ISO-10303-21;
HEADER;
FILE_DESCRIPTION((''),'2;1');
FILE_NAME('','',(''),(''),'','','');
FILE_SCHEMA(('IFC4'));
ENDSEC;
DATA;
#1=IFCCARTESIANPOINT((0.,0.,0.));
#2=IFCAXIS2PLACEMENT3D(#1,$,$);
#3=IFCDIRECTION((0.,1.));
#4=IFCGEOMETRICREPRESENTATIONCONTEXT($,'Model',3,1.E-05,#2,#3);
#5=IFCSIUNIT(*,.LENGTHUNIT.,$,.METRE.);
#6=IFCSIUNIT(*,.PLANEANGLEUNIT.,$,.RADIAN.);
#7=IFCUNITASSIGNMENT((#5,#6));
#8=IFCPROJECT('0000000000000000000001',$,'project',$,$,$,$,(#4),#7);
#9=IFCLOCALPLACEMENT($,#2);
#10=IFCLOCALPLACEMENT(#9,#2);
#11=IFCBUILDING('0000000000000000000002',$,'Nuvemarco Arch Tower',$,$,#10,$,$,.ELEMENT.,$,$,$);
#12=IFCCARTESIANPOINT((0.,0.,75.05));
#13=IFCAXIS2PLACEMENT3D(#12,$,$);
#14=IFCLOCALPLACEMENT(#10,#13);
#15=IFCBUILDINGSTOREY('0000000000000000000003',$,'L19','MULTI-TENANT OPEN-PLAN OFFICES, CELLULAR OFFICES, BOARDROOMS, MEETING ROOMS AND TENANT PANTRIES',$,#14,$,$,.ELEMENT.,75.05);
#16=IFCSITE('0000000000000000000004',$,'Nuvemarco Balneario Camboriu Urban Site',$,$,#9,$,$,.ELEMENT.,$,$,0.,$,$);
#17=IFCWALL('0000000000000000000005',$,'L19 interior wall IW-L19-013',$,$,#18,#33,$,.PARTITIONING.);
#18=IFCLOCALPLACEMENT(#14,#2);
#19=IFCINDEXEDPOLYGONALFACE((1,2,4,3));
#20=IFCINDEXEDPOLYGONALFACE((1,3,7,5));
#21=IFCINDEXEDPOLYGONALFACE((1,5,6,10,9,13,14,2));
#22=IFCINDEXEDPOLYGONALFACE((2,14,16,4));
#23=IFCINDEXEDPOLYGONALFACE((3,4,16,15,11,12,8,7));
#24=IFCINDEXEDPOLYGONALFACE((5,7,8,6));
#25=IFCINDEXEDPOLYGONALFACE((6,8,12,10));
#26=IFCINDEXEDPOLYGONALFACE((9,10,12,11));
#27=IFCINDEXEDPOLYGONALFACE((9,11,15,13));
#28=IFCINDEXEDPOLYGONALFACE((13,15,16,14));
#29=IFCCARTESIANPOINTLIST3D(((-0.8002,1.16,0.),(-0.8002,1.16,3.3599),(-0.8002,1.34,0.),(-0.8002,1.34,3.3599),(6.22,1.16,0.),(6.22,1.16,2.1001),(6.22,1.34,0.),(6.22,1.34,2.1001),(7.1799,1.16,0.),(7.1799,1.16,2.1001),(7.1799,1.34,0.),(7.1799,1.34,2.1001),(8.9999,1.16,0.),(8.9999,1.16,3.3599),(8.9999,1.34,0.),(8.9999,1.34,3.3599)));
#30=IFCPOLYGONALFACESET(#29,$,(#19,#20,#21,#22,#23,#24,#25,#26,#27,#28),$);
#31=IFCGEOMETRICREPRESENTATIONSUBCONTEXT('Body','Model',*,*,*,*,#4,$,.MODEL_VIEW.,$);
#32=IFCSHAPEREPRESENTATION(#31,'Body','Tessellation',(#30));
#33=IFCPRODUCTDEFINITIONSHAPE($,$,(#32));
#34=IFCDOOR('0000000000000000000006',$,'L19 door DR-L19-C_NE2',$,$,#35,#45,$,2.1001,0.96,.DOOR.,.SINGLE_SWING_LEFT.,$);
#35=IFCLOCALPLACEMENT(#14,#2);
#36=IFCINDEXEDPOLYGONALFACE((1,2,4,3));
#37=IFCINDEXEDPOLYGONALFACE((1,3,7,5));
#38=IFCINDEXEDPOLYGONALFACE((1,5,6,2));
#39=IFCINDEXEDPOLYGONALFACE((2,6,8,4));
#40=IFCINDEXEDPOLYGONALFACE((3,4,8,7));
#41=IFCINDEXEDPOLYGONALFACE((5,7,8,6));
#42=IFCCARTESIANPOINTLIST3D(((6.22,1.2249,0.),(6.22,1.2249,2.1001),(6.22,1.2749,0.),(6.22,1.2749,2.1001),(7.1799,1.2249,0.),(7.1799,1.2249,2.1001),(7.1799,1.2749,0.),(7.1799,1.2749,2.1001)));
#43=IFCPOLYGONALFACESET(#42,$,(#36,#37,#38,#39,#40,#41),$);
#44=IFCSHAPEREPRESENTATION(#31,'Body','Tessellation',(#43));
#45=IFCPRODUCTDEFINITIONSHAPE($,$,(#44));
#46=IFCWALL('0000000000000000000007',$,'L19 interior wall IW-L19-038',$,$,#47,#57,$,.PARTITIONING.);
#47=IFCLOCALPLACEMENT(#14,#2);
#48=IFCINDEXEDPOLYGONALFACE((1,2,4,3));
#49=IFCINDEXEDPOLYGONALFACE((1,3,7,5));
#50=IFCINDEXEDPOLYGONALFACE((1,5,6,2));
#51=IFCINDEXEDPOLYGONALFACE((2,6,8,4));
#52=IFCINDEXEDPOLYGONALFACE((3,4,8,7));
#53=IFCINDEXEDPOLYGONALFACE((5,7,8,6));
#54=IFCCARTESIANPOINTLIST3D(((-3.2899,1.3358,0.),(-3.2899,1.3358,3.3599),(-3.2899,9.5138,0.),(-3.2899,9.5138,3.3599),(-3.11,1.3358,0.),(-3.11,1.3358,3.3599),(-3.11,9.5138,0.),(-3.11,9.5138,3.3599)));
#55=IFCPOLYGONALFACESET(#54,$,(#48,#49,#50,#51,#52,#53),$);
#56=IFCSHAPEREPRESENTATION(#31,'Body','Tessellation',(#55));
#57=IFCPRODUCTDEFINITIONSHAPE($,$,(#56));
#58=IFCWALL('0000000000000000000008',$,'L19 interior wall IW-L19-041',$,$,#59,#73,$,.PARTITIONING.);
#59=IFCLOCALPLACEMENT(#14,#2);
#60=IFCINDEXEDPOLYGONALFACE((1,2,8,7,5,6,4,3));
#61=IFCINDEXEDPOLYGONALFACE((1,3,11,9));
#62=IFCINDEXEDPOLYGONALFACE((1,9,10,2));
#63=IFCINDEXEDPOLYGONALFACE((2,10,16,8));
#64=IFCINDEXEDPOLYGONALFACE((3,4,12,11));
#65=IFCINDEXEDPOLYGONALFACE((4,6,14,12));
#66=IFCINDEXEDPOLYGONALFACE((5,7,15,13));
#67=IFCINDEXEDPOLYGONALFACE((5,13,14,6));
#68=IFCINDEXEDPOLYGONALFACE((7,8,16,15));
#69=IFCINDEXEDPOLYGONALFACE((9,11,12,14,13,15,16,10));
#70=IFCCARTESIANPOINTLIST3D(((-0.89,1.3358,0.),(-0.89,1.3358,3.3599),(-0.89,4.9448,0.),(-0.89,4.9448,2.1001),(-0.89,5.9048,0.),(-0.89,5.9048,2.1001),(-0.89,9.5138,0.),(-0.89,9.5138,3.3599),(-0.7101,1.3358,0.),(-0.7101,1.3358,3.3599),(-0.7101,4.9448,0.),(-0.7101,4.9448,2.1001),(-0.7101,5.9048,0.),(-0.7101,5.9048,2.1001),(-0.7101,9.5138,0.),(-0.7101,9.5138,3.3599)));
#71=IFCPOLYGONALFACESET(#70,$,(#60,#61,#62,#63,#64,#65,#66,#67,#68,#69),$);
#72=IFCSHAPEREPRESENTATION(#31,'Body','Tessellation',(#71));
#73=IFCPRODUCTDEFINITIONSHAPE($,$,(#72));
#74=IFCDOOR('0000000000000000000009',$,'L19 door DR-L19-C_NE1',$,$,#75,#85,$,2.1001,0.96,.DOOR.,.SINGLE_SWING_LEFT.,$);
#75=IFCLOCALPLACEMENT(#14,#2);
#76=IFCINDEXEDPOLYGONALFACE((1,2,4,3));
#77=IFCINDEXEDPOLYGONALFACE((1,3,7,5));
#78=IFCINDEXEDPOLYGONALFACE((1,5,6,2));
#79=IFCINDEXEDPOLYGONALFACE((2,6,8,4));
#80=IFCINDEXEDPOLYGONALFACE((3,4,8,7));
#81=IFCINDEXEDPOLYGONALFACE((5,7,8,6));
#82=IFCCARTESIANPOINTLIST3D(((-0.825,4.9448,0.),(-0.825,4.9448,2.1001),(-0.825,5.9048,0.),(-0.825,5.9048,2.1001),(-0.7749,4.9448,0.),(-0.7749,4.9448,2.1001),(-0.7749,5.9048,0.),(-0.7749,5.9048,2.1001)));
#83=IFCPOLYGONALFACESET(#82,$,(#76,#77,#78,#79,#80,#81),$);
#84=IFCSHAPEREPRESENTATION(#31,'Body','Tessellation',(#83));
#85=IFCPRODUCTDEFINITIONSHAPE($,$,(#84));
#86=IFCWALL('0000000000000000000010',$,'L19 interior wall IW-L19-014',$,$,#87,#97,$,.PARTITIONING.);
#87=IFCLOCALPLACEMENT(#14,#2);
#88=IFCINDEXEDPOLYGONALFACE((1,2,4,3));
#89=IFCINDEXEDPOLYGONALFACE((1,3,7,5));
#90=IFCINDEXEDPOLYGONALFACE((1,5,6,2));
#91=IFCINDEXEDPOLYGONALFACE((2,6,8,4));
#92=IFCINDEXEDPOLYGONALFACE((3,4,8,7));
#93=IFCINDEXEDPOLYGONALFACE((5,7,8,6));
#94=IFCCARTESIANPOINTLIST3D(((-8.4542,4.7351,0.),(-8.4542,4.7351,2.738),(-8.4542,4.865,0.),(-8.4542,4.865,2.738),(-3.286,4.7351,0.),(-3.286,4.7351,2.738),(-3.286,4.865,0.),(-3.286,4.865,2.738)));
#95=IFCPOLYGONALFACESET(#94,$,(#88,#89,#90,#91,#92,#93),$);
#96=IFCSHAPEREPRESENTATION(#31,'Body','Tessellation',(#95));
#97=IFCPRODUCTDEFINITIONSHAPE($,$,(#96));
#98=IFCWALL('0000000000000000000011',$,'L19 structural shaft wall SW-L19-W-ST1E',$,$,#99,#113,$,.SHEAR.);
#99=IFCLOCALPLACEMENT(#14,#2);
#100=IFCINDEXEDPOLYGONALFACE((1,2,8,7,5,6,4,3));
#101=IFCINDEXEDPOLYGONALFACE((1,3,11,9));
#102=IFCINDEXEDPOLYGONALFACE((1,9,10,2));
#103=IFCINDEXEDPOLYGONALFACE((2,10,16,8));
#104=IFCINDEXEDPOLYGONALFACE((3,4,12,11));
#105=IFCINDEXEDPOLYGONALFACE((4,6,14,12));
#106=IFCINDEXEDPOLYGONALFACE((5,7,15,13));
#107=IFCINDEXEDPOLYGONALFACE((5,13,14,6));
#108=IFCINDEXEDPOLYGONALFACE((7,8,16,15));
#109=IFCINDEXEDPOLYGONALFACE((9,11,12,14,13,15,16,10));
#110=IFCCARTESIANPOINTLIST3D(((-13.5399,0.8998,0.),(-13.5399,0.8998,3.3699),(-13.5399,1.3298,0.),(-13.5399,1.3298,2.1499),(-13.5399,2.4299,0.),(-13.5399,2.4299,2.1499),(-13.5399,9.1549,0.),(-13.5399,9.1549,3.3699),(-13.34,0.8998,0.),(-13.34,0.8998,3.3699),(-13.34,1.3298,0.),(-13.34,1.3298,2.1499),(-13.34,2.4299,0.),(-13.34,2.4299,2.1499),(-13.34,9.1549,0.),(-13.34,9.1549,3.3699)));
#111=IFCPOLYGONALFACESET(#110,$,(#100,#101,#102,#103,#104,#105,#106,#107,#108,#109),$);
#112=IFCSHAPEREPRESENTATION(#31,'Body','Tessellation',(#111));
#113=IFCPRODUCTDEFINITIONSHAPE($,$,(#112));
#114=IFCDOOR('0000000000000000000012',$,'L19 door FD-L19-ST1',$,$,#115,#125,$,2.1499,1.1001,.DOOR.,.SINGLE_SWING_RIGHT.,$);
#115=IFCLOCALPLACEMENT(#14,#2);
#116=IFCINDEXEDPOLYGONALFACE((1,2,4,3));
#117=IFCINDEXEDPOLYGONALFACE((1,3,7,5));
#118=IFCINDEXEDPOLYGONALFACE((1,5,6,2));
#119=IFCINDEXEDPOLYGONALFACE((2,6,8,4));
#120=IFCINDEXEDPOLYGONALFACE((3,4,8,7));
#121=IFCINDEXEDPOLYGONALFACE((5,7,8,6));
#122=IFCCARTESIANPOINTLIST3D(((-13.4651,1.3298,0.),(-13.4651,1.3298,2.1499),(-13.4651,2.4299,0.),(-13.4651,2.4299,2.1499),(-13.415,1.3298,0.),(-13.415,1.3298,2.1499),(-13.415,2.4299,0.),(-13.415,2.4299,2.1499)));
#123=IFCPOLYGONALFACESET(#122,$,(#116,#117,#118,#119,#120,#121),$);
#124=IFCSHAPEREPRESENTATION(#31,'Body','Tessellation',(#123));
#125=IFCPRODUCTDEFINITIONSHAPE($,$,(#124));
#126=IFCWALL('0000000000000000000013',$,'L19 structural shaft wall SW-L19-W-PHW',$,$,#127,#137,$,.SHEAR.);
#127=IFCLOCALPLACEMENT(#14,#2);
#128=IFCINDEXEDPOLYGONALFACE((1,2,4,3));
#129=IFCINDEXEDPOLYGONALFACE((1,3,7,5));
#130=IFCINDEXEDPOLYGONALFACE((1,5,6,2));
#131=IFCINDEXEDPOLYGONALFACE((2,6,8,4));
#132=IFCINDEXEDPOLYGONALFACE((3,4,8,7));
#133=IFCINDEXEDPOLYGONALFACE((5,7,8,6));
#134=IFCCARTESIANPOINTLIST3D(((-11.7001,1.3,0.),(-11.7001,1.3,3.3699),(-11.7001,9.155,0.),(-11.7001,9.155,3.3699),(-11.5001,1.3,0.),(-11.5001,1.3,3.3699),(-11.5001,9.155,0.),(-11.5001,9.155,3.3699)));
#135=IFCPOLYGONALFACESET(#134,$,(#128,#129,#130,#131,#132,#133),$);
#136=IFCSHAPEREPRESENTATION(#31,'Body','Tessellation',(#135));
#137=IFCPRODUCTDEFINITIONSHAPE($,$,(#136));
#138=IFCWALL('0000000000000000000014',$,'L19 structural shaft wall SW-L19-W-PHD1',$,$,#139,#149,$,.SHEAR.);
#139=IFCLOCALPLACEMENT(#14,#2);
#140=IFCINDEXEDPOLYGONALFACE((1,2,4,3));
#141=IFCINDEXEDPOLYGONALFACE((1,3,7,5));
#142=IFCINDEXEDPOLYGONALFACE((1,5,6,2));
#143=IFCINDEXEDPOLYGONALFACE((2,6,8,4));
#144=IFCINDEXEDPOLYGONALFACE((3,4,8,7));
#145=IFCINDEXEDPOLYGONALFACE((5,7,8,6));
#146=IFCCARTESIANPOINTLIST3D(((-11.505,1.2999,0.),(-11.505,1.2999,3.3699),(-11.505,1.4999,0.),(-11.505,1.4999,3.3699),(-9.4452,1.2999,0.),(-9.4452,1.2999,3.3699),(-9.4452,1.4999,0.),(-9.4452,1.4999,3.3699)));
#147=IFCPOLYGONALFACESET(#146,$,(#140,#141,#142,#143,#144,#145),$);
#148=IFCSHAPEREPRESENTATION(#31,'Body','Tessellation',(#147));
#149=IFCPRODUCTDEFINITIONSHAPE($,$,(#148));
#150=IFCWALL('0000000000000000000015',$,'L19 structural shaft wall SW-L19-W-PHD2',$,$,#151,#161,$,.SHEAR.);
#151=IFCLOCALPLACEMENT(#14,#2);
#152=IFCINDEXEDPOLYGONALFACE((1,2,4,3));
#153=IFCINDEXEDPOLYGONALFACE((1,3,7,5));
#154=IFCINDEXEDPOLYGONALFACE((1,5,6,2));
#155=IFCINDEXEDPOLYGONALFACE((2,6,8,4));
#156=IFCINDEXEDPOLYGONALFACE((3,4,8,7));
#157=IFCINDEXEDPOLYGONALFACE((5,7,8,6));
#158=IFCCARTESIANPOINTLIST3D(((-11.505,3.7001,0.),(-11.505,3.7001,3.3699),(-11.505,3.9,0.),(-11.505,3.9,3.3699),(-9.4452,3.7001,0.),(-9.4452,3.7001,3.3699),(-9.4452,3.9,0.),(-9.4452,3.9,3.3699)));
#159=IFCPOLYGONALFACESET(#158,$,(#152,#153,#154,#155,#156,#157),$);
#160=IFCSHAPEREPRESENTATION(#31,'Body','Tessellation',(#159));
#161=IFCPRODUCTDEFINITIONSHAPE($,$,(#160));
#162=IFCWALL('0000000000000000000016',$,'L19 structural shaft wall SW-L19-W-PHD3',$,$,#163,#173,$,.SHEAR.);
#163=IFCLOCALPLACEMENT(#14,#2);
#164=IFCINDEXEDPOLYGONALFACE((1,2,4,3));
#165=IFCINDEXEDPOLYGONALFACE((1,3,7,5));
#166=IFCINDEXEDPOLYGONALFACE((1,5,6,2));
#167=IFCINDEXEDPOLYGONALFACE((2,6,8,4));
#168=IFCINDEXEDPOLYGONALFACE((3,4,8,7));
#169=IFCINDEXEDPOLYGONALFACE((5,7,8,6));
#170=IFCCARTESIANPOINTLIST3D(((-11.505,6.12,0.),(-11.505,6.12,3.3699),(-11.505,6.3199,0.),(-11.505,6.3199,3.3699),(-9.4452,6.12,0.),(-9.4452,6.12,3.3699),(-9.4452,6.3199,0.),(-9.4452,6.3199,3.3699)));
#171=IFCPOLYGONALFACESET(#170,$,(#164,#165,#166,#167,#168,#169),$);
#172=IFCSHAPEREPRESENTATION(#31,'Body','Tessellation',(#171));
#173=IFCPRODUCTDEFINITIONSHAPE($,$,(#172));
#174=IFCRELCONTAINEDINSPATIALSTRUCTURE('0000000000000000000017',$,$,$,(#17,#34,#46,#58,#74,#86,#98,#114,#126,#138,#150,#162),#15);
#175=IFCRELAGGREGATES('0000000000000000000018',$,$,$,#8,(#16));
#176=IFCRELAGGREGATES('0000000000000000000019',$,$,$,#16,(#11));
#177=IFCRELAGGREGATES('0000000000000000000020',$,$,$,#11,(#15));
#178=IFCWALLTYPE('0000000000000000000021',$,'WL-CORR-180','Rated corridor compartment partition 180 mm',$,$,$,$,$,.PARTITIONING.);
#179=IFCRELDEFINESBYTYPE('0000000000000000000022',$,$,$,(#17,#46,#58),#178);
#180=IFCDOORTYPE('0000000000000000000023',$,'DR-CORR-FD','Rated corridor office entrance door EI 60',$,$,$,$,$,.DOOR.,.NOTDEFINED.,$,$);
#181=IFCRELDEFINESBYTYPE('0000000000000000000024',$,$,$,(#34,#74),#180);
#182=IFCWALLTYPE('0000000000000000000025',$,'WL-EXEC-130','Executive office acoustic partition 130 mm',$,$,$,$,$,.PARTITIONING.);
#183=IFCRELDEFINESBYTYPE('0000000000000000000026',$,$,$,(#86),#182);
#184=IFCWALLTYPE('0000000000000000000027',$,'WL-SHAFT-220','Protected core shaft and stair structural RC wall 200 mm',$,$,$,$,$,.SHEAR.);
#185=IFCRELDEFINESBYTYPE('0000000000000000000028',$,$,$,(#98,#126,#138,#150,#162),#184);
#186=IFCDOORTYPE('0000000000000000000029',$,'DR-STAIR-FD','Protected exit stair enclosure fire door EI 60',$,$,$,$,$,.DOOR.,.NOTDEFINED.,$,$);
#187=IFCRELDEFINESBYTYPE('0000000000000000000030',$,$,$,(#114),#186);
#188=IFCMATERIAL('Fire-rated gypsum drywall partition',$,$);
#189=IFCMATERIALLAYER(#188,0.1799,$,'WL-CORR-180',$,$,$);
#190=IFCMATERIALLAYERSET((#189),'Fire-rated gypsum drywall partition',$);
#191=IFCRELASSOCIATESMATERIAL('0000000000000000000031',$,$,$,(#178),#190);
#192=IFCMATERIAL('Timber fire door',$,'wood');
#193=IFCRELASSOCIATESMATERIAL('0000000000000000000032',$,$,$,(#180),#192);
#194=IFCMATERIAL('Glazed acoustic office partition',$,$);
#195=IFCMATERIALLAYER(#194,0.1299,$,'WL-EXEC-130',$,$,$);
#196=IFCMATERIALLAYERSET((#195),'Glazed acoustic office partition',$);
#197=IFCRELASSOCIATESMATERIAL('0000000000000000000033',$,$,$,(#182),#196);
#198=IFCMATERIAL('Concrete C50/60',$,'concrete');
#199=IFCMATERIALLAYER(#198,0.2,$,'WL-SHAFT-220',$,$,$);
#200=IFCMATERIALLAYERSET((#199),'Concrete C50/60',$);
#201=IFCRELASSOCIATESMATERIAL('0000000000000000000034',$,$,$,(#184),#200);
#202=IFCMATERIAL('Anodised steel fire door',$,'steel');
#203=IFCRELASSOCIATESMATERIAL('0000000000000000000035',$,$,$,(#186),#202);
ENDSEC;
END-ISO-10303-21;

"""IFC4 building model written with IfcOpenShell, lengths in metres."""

from ifc_helpers import new_model, si_unit, direction, frame, frame_2d, origin, place, context, subcontext, project, spatial, rectangle, extrude, source, transform, mapped, material, layer, layer_set, type_object, type_shapes, element, fill, save


model = new_model("IFC4")

# Units and contexts
model_context = context("Model", 3, precision=1e-05, world=origin(), true_north=direction((0.0, 1.0)))
body_context = subcontext(model_context, "Body", "Model", "MODEL_VIEW")
ifc_project = project(units=[si_unit("LENGTHUNIT", "METRE"), si_unit("PLANEANGLEUNIT", "RADIAN")], contexts=[model_context])

# Site, building, storey
site_placement = place(None, origin())
site = spatial("IfcSite", under=ifc_project, at=site_placement, Name="Nuvemarco Balneario Camboriu Urban Site", CompositionType="ELEMENT", RefElevation=0.0)
building_placement = place(site_placement, origin())
building = spatial("IfcBuilding", under=site, at=building_placement, Name="Nuvemarco Arch Tower", CompositionType="ELEMENT")
storey_placement = place(building_placement, frame((0.0, 0.0, 75.05)))
storey = spatial("IfcBuildingStorey", under=building, at=storey_placement, Name="L19", Description="MULTI-TENANT OPEN-PLAN OFFICES, CELLULAR OFFICES, BOARDROOMS, MEETING ROOMS AND TENANT PANTRIES", CompositionType="ELEMENT", Elevation=75.05)

# Wall, opening, door
ifc_material_1 = material(Name="Fire-rated gypsum drywall partition")
ifc_layer_1 = layer(ifc_material_1, 0.1799, Name="WL-CORR-180")
ifc_layer_set_1 = layer_set([ifc_layer_1], Name="Fire-rated gypsum drywall partition")
wall_type_1 = type_object("IfcWallType", Name="WL-CORR-180", Description="Rated corridor compartment partition 180 mm", PredefinedType="PARTITIONING", material=ifc_layer_set_1)
ifc_material_2 = material(Name="Timber fire door", Category="wood")
door_type_1 = type_object("IfcDoorType", Name="DR-CORR-FD", Description="Rated corridor office entrance door EI 60", OperationType="NOTDEFINED", PredefinedType="DOOR", material=ifc_material_2)
shared_shape_1 = source(origin(), body_context, "Body", "SweptSolid", [
    extrude(rectangle(XDim=0.96, YDim=2.1001, at=frame_2d((0.48, 1.05))), frame((0.0, 0.0249, 0.0), z_axis=(0.0, -1.0, 0.0), x_axis=(1.0, 0.0, 0.0)), (0.0, 0.0, 1.0), 0.05),
])
type_shapes(door_type_1, [shared_shape_1])
wall_1_placement = place(storey_placement, frame((-0.8, 1.25, 0.0), z_axis=(0.0, 0.0, 1.0), x_axis=(1.0, 0.0, 0.0)))
wall_1 = element("IfcWall", 1, at=wall_1_placement, inside=storey, type_object=wall_type_1, Name="L19 interior wall IW-L19-013", PredefinedType="PARTITIONING", context=body_context, shape_type="SweptSolid", body=[
    extrude(rectangle(XDim=9.8, YDim=0.1799, at=frame_2d((4.8999, 0.0))), origin(), (0.0, 0.0, 1.0), 3.3599),
])
opening_1_placement = place(wall_1_placement, frame((7.02, 0.0, 0.0)))
opening_1 = element("IfcOpeningElement", 2, at=opening_1_placement, cuts=wall_1, PredefinedType="OPENING", context=body_context, shape_type="SweptSolid", body=[
    extrude(rectangle(XDim=0.96, YDim=2.1001, at=frame_2d((0.48, 1.05))), frame((0.0, 0.0999, 0.0), z_axis=(0.0, -1.0, 0.0), x_axis=(1.0, 0.0, 0.0)), (0.0, 0.0, 1.0), 0.2),
])
door_1_placement = place(opening_1_placement, origin())
door_1 = element("IfcDoor", 3, at=door_1_placement, inside=storey, type_object=door_type_1, Name="L19 door DR-L19-C_NE2", OperationType="SINGLE_SWING_LEFT", OverallHeight=2.1001, OverallWidth=0.96, PredefinedType="DOOR", context=body_context, shape_type="MappedRepresentation", body=[
    mapped(shared_shape_1, transform((0.0, 0.0, 0.0), scale=1.0)),
])
fill(opening_1, door_1)

# Wall
wall_2_placement = place(storey_placement, frame((-3.2, 1.3359, 0.0), z_axis=(0.0, 0.0, 1.0), x_axis=(0.0, 1.0, 0.0)))
element("IfcWall", 4, at=wall_2_placement, inside=storey, type_object=wall_type_1, Name="L19 interior wall IW-L19-038", PredefinedType="PARTITIONING", context=body_context, shape_type="SweptSolid", body=[
    extrude(rectangle(XDim=8.178, YDim=0.1799, at=frame_2d((4.0889, 0.0))), origin(), (0.0, 0.0, 1.0), 3.3599),
])

# Wall, opening, door
wall_3_placement = place(storey_placement, frame((-0.8, 1.3359, 0.0), z_axis=(0.0, 0.0, 1.0), x_axis=(0.0, 1.0, 0.0)))
wall_3 = element("IfcWall", 5, at=wall_3_placement, inside=storey, type_object=wall_type_1, Name="L19 interior wall IW-L19-041", PredefinedType="PARTITIONING", context=body_context, shape_type="SweptSolid", body=[
    extrude(rectangle(XDim=8.178, YDim=0.1799, at=frame_2d((4.0889, 0.0))), origin(), (0.0, 0.0, 1.0), 3.3599),
])
opening_2_placement = place(wall_3_placement, frame((3.6089, 0.0, 0.0)))
opening_2 = element("IfcOpeningElement", 6, at=opening_2_placement, cuts=wall_3, PredefinedType="OPENING", context=body_context, shape_type="SweptSolid", body=[
    extrude(rectangle(XDim=0.96, YDim=2.1001, at=frame_2d((0.48, 1.05))), frame((0.0, 0.0999, 0.0), z_axis=(0.0, -1.0, 0.0), x_axis=(1.0, 0.0, 0.0)), (0.0, 0.0, 1.0), 0.2),
])
door_2_placement = place(opening_2_placement, origin())
door_2 = element("IfcDoor", 7, at=door_2_placement, inside=storey, type_object=door_type_1, Name="L19 door DR-L19-C_NE1", OperationType="SINGLE_SWING_LEFT", OverallHeight=2.1001, OverallWidth=0.96, PredefinedType="DOOR", context=body_context, shape_type="MappedRepresentation", body=[
    mapped(shared_shape_1, transform((0.0, 0.0, 0.0), scale=1.0)),
])
fill(opening_2, door_2)

# Wall
ifc_material_3 = material(Name="Glazed acoustic office partition")
ifc_layer_2 = layer(ifc_material_3, 0.1299, Name="WL-EXEC-130")
ifc_layer_set_2 = layer_set([ifc_layer_2], Name="Glazed acoustic office partition")
wall_type_2 = type_object("IfcWallType", Name="WL-EXEC-130", Description="Executive office acoustic partition 130 mm", PredefinedType="PARTITIONING", material=ifc_layer_set_2)
wall_4_placement = place(storey_placement, frame((-8.4541, 4.8, 0.0), z_axis=(0.0, 0.0, 1.0), x_axis=(1.0, 0.0, 0.0)))
element("IfcWall", 8, at=wall_4_placement, inside=storey, type_object=wall_type_2, Name="L19 interior wall IW-L19-014", PredefinedType="PARTITIONING", context=body_context, shape_type="SweptSolid", body=[
    extrude(rectangle(XDim=5.1682, YDim=0.1299, at=frame_2d((2.584, 0.0))), origin(), (0.0, 0.0, 1.0), 2.738),
])

# Wall, opening, door
ifc_material_4 = material(Name="Concrete C50/60", Category="concrete")
ifc_layer_3 = layer(ifc_material_4, 0.2, Name="WL-SHAFT-220")
ifc_layer_set_3 = layer_set([ifc_layer_3], Name="Concrete C50/60")
wall_type_3 = type_object("IfcWallType", Name="WL-SHAFT-220", Description="Protected core shaft and stair structural RC wall 200 mm", PredefinedType="SHEAR", material=ifc_layer_set_3)
wall_5_placement = place(storey_placement, frame((-13.4399, 0.8999, 0.0), z_axis=(0.0, 0.0, 1.0), x_axis=(0.0, 1.0, 0.0)))
wall_5 = element("IfcWall", 9, at=wall_5_placement, inside=storey, type_object=wall_type_3, Name="L19 structural shaft wall SW-L19-W-ST1E", PredefinedType="SHEAR", context=body_context, shape_type="SweptSolid", body=[
    extrude(rectangle(XDim=8.2551, YDim=0.2, at=frame_2d((4.1274, 0.0))), origin(), (0.0, 0.0, 1.0), 3.3699),
])
opening_3_placement = place(wall_5_placement, frame((1.53, 0.0, 0.0), z_axis=(0.0, 0.0, 1.0), x_axis=(-1.0, 0.0, 0.0)))
opening_3 = element("IfcOpeningElement", 10, at=opening_3_placement, cuts=wall_5, PredefinedType="OPENING", context=body_context, shape_type="SweptSolid", body=[
    extrude(rectangle(XDim=1.1001, YDim=2.1499, at=frame_2d((0.55, 1.075))), frame((0.0, 0.1099, 0.0), z_axis=(0.0, -1.0, 0.0), x_axis=(1.0, 0.0, 0.0)), (0.0, 0.0, 1.0), 0.22),
])
ifc_material_5 = material(Name="Anodised steel fire door", Category="steel")
door_type_2 = type_object("IfcDoorType", Name="DR-STAIR-FD", Description="Protected exit stair enclosure fire door EI 60", OperationType="NOTDEFINED", PredefinedType="DOOR", material=ifc_material_5)
shared_shape_2 = source(origin(), body_context, "Body", "SweptSolid", [
    extrude(rectangle(XDim=1.1001, YDim=2.1499, at=frame_2d((0.55, 1.075))), frame((0.0, 0.0249, 0.0), z_axis=(0.0, -1.0, 0.0), x_axis=(1.0, 0.0, 0.0)), (0.0, 0.0, 1.0), 0.05),
])
type_shapes(door_type_2, [shared_shape_2])
door_3_placement = place(opening_3_placement, origin())
door_3 = element("IfcDoor", 11, at=door_3_placement, inside=storey, type_object=door_type_2, Name="L19 door FD-L19-ST1", OperationType="SINGLE_SWING_RIGHT", OverallHeight=2.1499, OverallWidth=1.1001, PredefinedType="DOOR", context=body_context, shape_type="MappedRepresentation", body=[
    mapped(shared_shape_2, transform((0.0, 0.0, 0.0), scale=1.0)),
])
fill(opening_3, door_3)

# Walls
wall_6_placement = place(storey_placement, frame((-11.6001, 1.3, 0.0), z_axis=(0.0, 0.0, 1.0), x_axis=(0.0, 1.0, 0.0)))
element("IfcWall", 12, at=wall_6_placement, inside=storey, type_object=wall_type_3, Name="L19 structural shaft wall SW-L19-W-PHW", PredefinedType="SHEAR", context=body_context, shape_type="SweptSolid", body=[
    extrude(rectangle(XDim=7.855, YDim=0.2, at=frame_2d((3.9275, 0.0))), origin(), (0.0, 0.0, 1.0), 3.3699),
])
for number, where, z_axis, x_axis, name in (
    (13, (-11.5049, 1.3999, 0.0), (0.0, 0.0, 1.0), (1.0, 0.0, 0.0), "L19 structural shaft wall SW-L19-W-PHD1"),
    (14, (-11.5049, 3.8, 0.0), (0.0, 0.0, 1.0), (1.0, 0.0, 0.0), "L19 structural shaft wall SW-L19-W-PHD2"),
    (15, (-11.5049, 6.22, 0.0), (0.0, 0.0, 1.0), (1.0, 0.0, 0.0), "L19 structural shaft wall SW-L19-W-PHD3"),
):
    element("IfcWall", number, at=place(storey_placement, frame(where, z_axis=z_axis, x_axis=x_axis)), inside=storey, type_object=wall_type_3, Name=name, PredefinedType="SHEAR", context=body_context, shape_type="SweptSolid", body=[
        extrude(rectangle(XDim=2.0598, YDim=0.2, at=frame_2d((1.0298, 0.0))), origin(), (0.0, 0.0, 1.0), 3.3699),
    ])

save(model, "model.ifc")
